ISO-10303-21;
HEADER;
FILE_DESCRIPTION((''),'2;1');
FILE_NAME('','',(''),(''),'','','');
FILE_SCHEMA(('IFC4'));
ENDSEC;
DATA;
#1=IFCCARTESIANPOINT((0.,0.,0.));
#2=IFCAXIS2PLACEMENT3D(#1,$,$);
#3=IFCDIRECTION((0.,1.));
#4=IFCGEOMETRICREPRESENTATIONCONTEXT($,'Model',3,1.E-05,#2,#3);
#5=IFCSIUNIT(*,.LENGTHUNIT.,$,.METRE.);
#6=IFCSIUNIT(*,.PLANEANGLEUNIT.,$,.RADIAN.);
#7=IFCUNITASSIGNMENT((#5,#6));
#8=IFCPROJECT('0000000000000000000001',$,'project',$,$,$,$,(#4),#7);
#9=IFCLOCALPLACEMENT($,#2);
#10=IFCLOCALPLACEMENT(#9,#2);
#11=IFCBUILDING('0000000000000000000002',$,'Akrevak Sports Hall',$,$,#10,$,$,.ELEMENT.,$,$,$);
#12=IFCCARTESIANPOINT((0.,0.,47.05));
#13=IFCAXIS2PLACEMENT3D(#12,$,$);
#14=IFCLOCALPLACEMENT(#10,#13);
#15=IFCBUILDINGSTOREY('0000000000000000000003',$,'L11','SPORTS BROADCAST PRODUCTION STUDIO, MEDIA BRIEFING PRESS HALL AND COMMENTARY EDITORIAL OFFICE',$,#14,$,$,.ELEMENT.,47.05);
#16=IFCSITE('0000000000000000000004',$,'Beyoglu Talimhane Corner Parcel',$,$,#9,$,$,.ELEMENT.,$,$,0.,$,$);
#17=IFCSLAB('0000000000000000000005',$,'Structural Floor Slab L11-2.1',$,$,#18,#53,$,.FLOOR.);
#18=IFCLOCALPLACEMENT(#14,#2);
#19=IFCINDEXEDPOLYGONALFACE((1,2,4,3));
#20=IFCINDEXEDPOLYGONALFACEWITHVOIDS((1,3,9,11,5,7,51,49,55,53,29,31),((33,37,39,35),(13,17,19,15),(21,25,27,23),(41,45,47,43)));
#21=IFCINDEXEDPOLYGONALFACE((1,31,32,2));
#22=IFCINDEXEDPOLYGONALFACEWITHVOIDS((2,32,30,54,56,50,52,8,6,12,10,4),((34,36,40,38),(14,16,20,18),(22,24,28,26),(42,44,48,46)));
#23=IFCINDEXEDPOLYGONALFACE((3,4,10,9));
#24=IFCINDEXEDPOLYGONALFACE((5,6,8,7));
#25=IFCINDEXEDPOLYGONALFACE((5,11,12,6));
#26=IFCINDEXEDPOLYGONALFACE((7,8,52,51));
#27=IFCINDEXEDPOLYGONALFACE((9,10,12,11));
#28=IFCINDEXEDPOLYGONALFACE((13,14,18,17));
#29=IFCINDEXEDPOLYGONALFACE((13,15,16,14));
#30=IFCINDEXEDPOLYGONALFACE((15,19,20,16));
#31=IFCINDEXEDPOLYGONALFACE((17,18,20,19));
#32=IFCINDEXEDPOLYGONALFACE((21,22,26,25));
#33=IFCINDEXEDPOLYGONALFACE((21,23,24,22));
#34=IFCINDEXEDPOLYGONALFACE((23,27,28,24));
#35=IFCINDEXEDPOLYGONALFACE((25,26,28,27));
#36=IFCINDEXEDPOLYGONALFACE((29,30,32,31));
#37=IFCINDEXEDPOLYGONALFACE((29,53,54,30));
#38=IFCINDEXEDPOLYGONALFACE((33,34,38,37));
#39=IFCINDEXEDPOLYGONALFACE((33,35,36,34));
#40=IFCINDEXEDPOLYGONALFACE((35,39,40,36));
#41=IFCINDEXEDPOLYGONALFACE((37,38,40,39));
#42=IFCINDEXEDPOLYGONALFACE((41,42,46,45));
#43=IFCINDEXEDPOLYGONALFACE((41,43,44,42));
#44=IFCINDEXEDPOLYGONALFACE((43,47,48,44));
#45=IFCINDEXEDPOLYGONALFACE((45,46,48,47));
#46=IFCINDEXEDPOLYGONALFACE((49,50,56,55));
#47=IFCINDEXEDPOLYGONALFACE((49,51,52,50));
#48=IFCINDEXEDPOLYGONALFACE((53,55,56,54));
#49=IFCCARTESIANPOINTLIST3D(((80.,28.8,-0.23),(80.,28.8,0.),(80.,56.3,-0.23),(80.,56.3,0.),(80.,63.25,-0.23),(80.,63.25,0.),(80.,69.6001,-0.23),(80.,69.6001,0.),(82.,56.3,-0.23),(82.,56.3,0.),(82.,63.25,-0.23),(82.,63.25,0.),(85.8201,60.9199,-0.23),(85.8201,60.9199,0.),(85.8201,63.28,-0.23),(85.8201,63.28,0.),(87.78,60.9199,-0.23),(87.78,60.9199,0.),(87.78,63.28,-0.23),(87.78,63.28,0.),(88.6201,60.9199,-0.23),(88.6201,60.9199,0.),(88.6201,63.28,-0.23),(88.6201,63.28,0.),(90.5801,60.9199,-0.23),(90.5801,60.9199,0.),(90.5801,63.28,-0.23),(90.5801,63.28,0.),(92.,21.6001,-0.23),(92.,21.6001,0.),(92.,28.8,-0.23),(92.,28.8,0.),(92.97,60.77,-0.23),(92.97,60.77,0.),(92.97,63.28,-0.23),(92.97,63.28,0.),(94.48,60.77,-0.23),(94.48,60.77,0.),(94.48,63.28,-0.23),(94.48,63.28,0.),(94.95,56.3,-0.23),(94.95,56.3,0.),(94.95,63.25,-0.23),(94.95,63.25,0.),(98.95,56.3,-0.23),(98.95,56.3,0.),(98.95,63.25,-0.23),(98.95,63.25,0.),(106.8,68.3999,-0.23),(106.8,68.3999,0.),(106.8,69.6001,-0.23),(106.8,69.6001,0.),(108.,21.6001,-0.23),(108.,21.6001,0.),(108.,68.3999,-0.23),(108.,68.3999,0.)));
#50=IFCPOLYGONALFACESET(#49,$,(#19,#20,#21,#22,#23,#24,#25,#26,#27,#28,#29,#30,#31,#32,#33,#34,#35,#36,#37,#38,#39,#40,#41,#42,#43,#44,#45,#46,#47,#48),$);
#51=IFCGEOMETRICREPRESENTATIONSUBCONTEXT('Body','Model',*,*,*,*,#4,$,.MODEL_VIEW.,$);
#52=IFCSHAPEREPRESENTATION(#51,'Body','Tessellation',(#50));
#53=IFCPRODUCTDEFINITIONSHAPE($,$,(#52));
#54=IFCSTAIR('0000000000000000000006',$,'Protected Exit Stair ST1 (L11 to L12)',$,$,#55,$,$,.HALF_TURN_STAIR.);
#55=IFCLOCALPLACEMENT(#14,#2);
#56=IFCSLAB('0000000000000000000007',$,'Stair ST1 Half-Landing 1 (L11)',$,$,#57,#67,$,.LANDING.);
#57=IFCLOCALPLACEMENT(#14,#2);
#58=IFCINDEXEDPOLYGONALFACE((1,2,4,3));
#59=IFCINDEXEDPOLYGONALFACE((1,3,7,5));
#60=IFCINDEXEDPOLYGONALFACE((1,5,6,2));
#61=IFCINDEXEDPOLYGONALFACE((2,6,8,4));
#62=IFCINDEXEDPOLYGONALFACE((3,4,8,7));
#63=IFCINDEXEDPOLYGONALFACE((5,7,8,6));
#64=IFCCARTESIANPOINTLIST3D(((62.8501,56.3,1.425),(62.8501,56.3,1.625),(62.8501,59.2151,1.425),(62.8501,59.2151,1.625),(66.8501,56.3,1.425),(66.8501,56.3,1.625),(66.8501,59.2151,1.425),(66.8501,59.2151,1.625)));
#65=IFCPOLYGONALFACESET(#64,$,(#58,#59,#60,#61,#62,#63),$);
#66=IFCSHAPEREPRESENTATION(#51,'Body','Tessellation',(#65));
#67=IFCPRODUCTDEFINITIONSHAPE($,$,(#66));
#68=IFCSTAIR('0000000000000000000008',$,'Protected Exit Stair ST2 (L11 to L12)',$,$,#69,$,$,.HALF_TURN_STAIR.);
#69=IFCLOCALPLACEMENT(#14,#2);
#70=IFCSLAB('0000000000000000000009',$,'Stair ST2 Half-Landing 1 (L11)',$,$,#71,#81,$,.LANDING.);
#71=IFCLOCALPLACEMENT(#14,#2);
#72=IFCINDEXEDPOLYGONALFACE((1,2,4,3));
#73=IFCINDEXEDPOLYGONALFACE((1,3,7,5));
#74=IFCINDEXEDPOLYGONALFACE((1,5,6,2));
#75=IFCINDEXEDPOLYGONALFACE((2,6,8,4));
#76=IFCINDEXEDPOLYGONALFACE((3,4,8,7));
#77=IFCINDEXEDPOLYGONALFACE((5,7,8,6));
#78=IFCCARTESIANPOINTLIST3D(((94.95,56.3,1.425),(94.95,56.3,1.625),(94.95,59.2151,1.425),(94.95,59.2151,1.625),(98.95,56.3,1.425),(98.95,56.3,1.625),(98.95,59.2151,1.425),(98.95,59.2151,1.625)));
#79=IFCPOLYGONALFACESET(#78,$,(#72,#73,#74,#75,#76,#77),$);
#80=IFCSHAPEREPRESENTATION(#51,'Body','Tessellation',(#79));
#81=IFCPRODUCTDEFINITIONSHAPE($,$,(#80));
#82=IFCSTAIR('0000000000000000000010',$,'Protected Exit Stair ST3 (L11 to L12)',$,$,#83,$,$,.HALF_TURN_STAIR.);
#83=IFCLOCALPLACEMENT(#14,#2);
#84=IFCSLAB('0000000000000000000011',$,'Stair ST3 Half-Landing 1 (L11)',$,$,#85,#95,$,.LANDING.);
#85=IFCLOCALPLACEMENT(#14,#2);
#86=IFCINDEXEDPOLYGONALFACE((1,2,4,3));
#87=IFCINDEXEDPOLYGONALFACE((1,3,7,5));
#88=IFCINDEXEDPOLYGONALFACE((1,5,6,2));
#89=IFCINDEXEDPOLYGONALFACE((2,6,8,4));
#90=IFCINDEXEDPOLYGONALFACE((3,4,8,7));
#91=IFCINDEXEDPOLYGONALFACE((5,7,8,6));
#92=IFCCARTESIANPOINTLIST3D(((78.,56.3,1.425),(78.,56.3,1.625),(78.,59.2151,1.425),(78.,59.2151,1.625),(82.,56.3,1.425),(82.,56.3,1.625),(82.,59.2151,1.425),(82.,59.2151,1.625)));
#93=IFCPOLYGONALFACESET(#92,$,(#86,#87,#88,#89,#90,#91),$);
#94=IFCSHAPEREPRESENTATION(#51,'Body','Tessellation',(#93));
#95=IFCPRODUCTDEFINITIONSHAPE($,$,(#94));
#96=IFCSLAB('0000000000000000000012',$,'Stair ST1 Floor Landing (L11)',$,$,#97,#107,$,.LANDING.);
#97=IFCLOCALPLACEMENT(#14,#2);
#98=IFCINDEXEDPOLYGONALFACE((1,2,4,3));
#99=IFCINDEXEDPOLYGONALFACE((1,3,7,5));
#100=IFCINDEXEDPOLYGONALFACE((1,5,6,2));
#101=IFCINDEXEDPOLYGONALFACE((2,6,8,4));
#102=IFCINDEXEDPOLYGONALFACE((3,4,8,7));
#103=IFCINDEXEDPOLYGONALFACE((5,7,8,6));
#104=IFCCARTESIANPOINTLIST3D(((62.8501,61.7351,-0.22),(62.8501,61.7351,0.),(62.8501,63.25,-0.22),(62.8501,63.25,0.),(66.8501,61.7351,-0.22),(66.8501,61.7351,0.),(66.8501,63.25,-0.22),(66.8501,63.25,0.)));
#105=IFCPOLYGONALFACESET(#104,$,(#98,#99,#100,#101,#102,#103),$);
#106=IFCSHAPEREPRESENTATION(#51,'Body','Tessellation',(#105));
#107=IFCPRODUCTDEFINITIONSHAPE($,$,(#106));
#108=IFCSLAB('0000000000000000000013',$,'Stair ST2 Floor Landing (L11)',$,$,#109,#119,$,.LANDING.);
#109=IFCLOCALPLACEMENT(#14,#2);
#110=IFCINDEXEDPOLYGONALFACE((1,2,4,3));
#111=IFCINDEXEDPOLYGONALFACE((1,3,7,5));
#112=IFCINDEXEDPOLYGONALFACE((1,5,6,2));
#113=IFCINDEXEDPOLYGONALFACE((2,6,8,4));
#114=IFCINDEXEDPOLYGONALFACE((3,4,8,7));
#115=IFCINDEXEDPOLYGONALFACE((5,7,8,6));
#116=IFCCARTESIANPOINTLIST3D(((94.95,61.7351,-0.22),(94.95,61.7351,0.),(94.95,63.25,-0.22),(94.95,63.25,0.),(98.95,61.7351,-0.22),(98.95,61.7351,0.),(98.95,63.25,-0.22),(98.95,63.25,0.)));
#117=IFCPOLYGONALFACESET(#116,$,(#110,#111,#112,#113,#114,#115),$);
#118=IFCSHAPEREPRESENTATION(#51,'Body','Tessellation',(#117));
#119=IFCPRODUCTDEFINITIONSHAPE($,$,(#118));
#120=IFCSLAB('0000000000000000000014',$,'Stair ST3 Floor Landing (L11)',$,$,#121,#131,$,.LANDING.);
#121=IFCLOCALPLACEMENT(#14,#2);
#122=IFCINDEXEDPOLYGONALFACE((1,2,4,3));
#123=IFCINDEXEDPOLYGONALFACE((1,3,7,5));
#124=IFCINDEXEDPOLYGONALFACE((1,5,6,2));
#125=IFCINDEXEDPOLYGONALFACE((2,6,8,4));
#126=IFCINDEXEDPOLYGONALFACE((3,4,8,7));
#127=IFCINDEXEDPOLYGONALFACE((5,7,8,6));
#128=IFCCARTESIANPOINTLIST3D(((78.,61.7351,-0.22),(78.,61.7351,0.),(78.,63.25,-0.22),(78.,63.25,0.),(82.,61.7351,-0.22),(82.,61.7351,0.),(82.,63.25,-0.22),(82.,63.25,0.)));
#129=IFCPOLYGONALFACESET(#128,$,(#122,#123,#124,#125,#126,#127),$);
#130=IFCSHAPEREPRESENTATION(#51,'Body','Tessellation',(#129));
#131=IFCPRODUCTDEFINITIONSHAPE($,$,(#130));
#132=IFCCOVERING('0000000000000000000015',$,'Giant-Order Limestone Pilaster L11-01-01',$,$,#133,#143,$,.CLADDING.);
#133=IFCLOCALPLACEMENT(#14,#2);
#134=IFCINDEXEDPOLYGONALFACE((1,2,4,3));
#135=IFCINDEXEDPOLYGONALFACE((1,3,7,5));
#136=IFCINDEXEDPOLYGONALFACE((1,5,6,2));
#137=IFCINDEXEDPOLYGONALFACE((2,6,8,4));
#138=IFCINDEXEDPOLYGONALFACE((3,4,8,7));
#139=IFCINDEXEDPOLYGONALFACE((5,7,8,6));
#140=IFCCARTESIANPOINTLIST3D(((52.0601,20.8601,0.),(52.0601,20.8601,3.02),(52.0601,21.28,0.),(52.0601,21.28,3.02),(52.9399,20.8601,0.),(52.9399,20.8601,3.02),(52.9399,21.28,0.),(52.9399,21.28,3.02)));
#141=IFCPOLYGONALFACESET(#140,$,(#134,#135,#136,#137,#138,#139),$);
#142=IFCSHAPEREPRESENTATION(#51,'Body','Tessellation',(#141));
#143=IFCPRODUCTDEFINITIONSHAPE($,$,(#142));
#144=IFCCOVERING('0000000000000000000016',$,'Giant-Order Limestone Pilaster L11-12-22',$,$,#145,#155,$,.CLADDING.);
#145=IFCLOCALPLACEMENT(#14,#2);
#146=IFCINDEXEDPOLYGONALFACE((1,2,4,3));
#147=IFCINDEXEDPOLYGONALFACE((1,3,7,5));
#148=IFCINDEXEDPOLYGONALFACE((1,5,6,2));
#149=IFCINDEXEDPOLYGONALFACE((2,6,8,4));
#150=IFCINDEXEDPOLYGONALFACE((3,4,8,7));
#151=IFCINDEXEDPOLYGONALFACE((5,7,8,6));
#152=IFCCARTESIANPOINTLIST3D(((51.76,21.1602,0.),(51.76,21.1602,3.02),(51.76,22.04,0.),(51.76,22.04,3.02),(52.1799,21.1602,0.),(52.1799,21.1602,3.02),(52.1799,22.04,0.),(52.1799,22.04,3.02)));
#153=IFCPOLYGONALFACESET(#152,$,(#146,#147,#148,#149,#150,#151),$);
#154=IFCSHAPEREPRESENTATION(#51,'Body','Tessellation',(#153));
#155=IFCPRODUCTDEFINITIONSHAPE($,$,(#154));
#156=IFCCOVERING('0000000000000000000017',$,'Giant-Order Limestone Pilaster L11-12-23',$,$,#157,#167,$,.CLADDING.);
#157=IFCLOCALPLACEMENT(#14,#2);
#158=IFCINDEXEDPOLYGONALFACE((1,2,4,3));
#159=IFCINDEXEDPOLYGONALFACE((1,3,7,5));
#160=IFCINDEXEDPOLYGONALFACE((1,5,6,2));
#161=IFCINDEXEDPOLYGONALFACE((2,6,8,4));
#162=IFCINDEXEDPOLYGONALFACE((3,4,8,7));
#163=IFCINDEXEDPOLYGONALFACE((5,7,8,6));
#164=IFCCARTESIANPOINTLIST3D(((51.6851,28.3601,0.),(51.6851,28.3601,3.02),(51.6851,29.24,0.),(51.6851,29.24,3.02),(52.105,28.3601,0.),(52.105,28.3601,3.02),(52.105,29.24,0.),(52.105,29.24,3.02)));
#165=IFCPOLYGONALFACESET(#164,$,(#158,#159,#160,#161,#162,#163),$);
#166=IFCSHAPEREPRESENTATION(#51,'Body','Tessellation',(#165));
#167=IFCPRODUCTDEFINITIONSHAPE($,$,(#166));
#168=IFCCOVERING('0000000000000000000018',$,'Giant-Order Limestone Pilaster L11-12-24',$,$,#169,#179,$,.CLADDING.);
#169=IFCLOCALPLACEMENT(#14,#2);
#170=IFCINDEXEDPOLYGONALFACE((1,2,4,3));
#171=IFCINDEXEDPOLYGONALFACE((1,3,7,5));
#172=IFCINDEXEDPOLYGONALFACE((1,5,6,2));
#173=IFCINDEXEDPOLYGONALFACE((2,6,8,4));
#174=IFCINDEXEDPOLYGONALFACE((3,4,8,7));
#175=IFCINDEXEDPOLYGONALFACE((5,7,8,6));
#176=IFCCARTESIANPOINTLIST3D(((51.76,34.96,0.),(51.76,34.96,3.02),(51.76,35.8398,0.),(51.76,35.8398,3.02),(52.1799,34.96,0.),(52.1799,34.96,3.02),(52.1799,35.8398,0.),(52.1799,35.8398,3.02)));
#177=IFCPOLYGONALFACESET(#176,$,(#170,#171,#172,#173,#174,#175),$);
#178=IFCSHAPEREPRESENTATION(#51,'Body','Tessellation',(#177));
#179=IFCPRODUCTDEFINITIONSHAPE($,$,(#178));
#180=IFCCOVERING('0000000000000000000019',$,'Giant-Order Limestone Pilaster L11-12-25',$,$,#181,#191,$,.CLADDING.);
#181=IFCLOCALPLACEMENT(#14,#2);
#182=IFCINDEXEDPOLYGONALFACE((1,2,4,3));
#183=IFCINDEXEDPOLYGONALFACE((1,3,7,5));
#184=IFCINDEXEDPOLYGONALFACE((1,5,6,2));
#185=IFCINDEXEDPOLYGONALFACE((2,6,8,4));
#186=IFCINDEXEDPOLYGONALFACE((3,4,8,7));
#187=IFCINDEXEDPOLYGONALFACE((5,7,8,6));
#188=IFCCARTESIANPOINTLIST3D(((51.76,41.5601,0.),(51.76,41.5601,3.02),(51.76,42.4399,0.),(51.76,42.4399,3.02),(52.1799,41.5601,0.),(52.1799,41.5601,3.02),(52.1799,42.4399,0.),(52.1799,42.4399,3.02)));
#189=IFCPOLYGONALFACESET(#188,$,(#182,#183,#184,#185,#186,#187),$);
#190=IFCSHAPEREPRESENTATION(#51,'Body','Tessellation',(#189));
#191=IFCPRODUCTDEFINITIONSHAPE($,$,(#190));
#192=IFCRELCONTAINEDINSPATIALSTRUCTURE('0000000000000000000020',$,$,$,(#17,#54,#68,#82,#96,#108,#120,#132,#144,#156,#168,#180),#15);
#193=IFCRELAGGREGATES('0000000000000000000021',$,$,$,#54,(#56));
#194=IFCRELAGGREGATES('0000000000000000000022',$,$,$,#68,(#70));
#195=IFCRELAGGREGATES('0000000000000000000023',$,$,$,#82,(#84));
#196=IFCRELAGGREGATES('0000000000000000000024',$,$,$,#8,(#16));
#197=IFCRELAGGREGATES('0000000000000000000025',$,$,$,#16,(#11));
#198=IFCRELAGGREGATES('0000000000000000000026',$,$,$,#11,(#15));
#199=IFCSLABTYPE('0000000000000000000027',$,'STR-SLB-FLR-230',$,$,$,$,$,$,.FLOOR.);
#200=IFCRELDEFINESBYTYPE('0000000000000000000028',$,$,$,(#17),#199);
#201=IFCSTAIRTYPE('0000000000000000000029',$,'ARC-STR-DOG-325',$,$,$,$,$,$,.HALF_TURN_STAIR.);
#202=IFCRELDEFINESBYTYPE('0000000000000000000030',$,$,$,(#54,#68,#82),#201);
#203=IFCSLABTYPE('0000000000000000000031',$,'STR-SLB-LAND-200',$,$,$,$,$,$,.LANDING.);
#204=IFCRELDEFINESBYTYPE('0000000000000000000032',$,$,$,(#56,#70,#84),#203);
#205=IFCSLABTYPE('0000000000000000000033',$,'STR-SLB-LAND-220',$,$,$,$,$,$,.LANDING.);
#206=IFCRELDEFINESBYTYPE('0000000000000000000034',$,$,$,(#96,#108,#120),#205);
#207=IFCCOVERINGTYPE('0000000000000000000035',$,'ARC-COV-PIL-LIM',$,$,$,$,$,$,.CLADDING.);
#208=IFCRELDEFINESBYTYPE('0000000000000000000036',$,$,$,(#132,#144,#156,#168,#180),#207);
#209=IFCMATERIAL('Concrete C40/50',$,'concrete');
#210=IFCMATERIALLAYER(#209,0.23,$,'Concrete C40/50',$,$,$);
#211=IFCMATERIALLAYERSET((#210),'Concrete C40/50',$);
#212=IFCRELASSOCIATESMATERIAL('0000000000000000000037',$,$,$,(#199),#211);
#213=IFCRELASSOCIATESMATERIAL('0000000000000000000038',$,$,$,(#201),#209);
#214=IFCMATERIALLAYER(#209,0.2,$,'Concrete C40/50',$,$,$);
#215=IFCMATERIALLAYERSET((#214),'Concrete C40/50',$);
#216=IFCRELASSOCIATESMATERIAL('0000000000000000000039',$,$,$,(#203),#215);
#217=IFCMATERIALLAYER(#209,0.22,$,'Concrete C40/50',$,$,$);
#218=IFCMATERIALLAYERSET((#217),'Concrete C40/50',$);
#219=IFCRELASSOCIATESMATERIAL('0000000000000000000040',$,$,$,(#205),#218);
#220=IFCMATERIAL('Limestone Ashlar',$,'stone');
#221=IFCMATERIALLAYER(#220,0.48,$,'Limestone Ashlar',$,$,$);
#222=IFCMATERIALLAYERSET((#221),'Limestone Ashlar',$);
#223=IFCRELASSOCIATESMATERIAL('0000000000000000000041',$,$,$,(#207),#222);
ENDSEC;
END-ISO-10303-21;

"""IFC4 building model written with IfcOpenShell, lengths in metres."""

from ifc_helpers import new_model, si_unit, direction, frame, origin, origin_2d, place, context, subcontext, project, spatial, polyline, rectangle, outline, extrude, material, layer, layer_set, type_object, element, aggregate, save


model = new_model("IFC4")

# Units and contexts
model_context = context("Model", 3, precision=1e-05, world=origin(), true_north=direction((0.0, 1.0)))
body_context = subcontext(model_context, "Body", "Model", "MODEL_VIEW")
ifc_project = project(units=[si_unit("LENGTHUNIT", "METRE"), si_unit("PLANEANGLEUNIT", "RADIAN")], contexts=[model_context])

# Site, building, storey
site_placement = place(None, origin())
site = spatial("IfcSite", under=ifc_project, at=site_placement, Name="Beyoglu Talimhane Corner Parcel", CompositionType="ELEMENT", RefElevation=0.0)
building_placement = place(site_placement, origin())
building = spatial("IfcBuilding", under=site, at=building_placement, Name="Akrevak Sports Hall", CompositionType="ELEMENT")
storey_placement = place(building_placement, frame((0.0, 0.0, 47.05)))
storey = spatial("IfcBuildingStorey", under=building, at=storey_placement, Name="L11", Description="SPORTS BROADCAST PRODUCTION STUDIO, MEDIA BRIEFING PRESS HALL AND COMMENTARY EDITORIAL OFFICE", CompositionType="ELEMENT", Elevation=47.05)

# Shared definitions
ifc_material_1 = material(Name="Concrete C40/50", Category="concrete")

# Slab
ifc_layer_1 = layer(ifc_material_1, 0.23, Name="Concrete C40/50")
ifc_layer_set_1 = layer_set([ifc_layer_1], Name="Concrete C40/50")
slab_type_1 = type_object("IfcSlabType", Name="STR-SLB-FLR-230", PredefinedType="FLOOR", material=ifc_layer_set_1)
slab_1_placement = place(storey_placement, frame((0.0, 0.0, -0.23)))
element("IfcSlab", 1, at=slab_1_placement, inside=storey, type_object=slab_type_1, Name="Structural Floor Slab L11-2.1", PredefinedType="FLOOR", context=body_context, shape_type="SweptSolid", body=[
    extrude(outline(polyline([(80.0, 69.6001), (80.0, 63.25), (82.0, 63.25), (82.0, 56.3), (80.0, 56.3), (80.0, 28.8), (92.0, 28.8), (92.0, 21.6001), (108.0, 21.6001), (108.0, 68.3999), (106.8, 68.3999), (106.8, 69.6001), (80.0, 69.6001)]), holes=[polyline([(94.95, 63.25), (98.95, 63.25), (98.95, 56.3), (94.95, 56.3), (94.95, 63.25)]), polyline([(92.97, 63.28), (94.48, 63.28), (94.48, 60.77), (92.97, 60.77), (92.97, 63.28)]), polyline([(87.78, 63.28), (87.78, 60.9199), (85.8201, 60.9199), (85.8201, 63.28), (87.78, 63.28)]), polyline([(90.5801, 63.28), (90.5801, 60.9199), (88.6201, 60.9199), (88.6201, 63.28), (90.5801, 63.28)])]), origin(), (0.0, 0.0, 1.0), 0.23),
])

# Stairs, slabs
stair_type = type_object("IfcStairType", Name="ARC-STR-DOG-325", PredefinedType="HALF_TURN_STAIR", material=ifc_material_1)
stair_1_placement = place(storey_placement, origin())
stair_1 = element("IfcStair", 2, at=stair_1_placement, inside=storey, type_object=stair_type, Name="Protected Exit Stair ST1 (L11 to L12)", PredefinedType="HALF_TURN_STAIR")
ifc_layer_2 = layer(ifc_material_1, 0.2, Name="Concrete C40/50")
ifc_layer_set_2 = layer_set([ifc_layer_2], Name="Concrete C40/50")
slab_type_2 = type_object("IfcSlabType", Name="STR-SLB-LAND-200", PredefinedType="LANDING", material=ifc_layer_set_2)
slab_2_placement = place(storey_placement, frame((0.0, 0.0, 1.425)))
slab_2 = element("IfcSlab", 3, at=slab_2_placement, type_object=slab_type_2, Name="Stair ST1 Half-Landing 1 (L11)", PredefinedType="LANDING", context=body_context, shape_type="SweptSolid", body=[
    extrude(outline(polyline([(62.8501, 56.3), (66.8501, 56.3), (66.8501, 59.2151), (62.8501, 59.2151), (62.8501, 56.3)])), origin(), (0.0, 0.0, 1.0), 0.2),
])
aggregate(stair_1, [slab_2])
stair_2_placement = place(storey_placement, origin())
stair_2 = element("IfcStair", 4, at=stair_2_placement, inside=storey, type_object=stair_type, Name="Protected Exit Stair ST2 (L11 to L12)", PredefinedType="HALF_TURN_STAIR")
slab_3_placement = place(storey_placement, frame((0.0, 0.0, 1.425)))
slab_3 = element("IfcSlab", 5, at=slab_3_placement, type_object=slab_type_2, Name="Stair ST2 Half-Landing 1 (L11)", PredefinedType="LANDING", context=body_context, shape_type="SweptSolid", body=[
    extrude(outline(polyline([(94.95, 56.3), (98.95, 56.3), (98.95, 59.2151), (94.95, 59.2151), (94.95, 56.3)])), origin(), (0.0, 0.0, 1.0), 0.2),
])
aggregate(stair_2, [slab_3])
stair_3_placement = place(storey_placement, origin())
stair_3 = element("IfcStair", 6, at=stair_3_placement, inside=storey, type_object=stair_type, Name="Protected Exit Stair ST3 (L11 to L12)", PredefinedType="HALF_TURN_STAIR")
slab_4_placement = place(storey_placement, frame((0.0, 0.0, 1.425)))
slab_4 = element("IfcSlab", 7, at=slab_4_placement, type_object=slab_type_2, Name="Stair ST3 Half-Landing 1 (L11)", PredefinedType="LANDING", context=body_context, shape_type="SweptSolid", body=[
    extrude(outline(polyline([(78.0, 56.3), (82.0, 56.3), (82.0, 59.2151), (78.0, 59.2151), (78.0, 56.3)])), origin(), (0.0, 0.0, 1.0), 0.2),
])
aggregate(stair_3, [slab_4])

# Slabs
ifc_layer_3 = layer(ifc_material_1, 0.22, Name="Concrete C40/50")
ifc_layer_set_3 = layer_set([ifc_layer_3], Name="Concrete C40/50")
slab_type_3 = type_object("IfcSlabType", Name="STR-SLB-LAND-220", PredefinedType="LANDING", material=ifc_layer_set_3)
slab_5_placement = place(storey_placement, frame((0.0, 0.0, -0.22)))
element("IfcSlab", 8, at=slab_5_placement, inside=storey, type_object=slab_type_3, Name="Stair ST1 Floor Landing (L11)", PredefinedType="LANDING", context=body_context, shape_type="SweptSolid", body=[
    extrude(outline(polyline([(62.8501, 61.7351), (66.8501, 61.7351), (66.8501, 63.25), (62.8501, 63.25), (62.8501, 61.7351)])), origin(), (0.0, 0.0, 1.0), 0.22),
])
slab_6_placement = place(storey_placement, frame((0.0, 0.0, -0.22)))
element("IfcSlab", 9, at=slab_6_placement, inside=storey, type_object=slab_type_3, Name="Stair ST2 Floor Landing (L11)", PredefinedType="LANDING", context=body_context, shape_type="SweptSolid", body=[
    extrude(outline(polyline([(94.95, 61.7351), (98.95, 61.7351), (98.95, 63.25), (94.95, 63.25), (94.95, 61.7351)])), origin(), (0.0, 0.0, 1.0), 0.22),
])
slab_7_placement = place(storey_placement, frame((0.0, 0.0, -0.22)))
element("IfcSlab", 10, at=slab_7_placement, inside=storey, type_object=slab_type_3, Name="Stair ST3 Floor Landing (L11)", PredefinedType="LANDING", context=body_context, shape_type="SweptSolid", body=[
    extrude(outline(polyline([(78.0, 61.7351), (82.0, 61.7351), (82.0, 63.25), (78.0, 63.25), (78.0, 61.7351)])), origin(), (0.0, 0.0, 1.0), 0.22),
])

# Coverings
ifc_material_2 = material(Name="Limestone Ashlar", Category="stone")
ifc_layer_4 = layer(ifc_material_2, 0.48, Name="Limestone Ashlar")
ifc_layer_set_4 = layer_set([ifc_layer_4], Name="Limestone Ashlar")
covering_type = type_object("IfcCoveringType", Name="ARC-COV-PIL-LIM", PredefinedType="CLADDING", material=ifc_layer_set_4)
for number, where, z_axis, x_axis, name in (
    (11, (52.5, 21.0701, 0.0), (0.0, 0.0, 1.0), (1.0, 0.0, 0.0), "Giant-Order Limestone Pilaster L11-01-01"),
    (12, (51.97, 21.6001, 0.0), (0.0, 0.0, 1.0), (0.0, -1.0, 0.0), "Giant-Order Limestone Pilaster L11-12-22"),
    (13, (51.895, 28.8, 0.0), (0.0, 0.0, 1.0), (0.0, -1.0, 0.0), "Giant-Order Limestone Pilaster L11-12-23"),
    (14, (51.97, 35.3999, 0.0), (0.0, 0.0, 1.0), (0.0, -1.0, 0.0), "Giant-Order Limestone Pilaster L11-12-24"),
    (15, (51.97, 42.0, 0.0), (0.0, 0.0, 1.0), (0.0, -1.0, 0.0), "Giant-Order Limestone Pilaster L11-12-25"),
):
    element("IfcCovering", number, at=place(storey_placement, frame(where, z_axis=z_axis, x_axis=x_axis)), inside=storey, type_object=covering_type, Name=name, PredefinedType="CLADDING", context=body_context, shape_type="SweptSolid", body=[
        extrude(rectangle(XDim=0.8799, YDim=0.4199, at=origin_2d()), origin(), (0.0, 0.0, 1.0), 3.02),
    ])

save(model, "model.ifc")
